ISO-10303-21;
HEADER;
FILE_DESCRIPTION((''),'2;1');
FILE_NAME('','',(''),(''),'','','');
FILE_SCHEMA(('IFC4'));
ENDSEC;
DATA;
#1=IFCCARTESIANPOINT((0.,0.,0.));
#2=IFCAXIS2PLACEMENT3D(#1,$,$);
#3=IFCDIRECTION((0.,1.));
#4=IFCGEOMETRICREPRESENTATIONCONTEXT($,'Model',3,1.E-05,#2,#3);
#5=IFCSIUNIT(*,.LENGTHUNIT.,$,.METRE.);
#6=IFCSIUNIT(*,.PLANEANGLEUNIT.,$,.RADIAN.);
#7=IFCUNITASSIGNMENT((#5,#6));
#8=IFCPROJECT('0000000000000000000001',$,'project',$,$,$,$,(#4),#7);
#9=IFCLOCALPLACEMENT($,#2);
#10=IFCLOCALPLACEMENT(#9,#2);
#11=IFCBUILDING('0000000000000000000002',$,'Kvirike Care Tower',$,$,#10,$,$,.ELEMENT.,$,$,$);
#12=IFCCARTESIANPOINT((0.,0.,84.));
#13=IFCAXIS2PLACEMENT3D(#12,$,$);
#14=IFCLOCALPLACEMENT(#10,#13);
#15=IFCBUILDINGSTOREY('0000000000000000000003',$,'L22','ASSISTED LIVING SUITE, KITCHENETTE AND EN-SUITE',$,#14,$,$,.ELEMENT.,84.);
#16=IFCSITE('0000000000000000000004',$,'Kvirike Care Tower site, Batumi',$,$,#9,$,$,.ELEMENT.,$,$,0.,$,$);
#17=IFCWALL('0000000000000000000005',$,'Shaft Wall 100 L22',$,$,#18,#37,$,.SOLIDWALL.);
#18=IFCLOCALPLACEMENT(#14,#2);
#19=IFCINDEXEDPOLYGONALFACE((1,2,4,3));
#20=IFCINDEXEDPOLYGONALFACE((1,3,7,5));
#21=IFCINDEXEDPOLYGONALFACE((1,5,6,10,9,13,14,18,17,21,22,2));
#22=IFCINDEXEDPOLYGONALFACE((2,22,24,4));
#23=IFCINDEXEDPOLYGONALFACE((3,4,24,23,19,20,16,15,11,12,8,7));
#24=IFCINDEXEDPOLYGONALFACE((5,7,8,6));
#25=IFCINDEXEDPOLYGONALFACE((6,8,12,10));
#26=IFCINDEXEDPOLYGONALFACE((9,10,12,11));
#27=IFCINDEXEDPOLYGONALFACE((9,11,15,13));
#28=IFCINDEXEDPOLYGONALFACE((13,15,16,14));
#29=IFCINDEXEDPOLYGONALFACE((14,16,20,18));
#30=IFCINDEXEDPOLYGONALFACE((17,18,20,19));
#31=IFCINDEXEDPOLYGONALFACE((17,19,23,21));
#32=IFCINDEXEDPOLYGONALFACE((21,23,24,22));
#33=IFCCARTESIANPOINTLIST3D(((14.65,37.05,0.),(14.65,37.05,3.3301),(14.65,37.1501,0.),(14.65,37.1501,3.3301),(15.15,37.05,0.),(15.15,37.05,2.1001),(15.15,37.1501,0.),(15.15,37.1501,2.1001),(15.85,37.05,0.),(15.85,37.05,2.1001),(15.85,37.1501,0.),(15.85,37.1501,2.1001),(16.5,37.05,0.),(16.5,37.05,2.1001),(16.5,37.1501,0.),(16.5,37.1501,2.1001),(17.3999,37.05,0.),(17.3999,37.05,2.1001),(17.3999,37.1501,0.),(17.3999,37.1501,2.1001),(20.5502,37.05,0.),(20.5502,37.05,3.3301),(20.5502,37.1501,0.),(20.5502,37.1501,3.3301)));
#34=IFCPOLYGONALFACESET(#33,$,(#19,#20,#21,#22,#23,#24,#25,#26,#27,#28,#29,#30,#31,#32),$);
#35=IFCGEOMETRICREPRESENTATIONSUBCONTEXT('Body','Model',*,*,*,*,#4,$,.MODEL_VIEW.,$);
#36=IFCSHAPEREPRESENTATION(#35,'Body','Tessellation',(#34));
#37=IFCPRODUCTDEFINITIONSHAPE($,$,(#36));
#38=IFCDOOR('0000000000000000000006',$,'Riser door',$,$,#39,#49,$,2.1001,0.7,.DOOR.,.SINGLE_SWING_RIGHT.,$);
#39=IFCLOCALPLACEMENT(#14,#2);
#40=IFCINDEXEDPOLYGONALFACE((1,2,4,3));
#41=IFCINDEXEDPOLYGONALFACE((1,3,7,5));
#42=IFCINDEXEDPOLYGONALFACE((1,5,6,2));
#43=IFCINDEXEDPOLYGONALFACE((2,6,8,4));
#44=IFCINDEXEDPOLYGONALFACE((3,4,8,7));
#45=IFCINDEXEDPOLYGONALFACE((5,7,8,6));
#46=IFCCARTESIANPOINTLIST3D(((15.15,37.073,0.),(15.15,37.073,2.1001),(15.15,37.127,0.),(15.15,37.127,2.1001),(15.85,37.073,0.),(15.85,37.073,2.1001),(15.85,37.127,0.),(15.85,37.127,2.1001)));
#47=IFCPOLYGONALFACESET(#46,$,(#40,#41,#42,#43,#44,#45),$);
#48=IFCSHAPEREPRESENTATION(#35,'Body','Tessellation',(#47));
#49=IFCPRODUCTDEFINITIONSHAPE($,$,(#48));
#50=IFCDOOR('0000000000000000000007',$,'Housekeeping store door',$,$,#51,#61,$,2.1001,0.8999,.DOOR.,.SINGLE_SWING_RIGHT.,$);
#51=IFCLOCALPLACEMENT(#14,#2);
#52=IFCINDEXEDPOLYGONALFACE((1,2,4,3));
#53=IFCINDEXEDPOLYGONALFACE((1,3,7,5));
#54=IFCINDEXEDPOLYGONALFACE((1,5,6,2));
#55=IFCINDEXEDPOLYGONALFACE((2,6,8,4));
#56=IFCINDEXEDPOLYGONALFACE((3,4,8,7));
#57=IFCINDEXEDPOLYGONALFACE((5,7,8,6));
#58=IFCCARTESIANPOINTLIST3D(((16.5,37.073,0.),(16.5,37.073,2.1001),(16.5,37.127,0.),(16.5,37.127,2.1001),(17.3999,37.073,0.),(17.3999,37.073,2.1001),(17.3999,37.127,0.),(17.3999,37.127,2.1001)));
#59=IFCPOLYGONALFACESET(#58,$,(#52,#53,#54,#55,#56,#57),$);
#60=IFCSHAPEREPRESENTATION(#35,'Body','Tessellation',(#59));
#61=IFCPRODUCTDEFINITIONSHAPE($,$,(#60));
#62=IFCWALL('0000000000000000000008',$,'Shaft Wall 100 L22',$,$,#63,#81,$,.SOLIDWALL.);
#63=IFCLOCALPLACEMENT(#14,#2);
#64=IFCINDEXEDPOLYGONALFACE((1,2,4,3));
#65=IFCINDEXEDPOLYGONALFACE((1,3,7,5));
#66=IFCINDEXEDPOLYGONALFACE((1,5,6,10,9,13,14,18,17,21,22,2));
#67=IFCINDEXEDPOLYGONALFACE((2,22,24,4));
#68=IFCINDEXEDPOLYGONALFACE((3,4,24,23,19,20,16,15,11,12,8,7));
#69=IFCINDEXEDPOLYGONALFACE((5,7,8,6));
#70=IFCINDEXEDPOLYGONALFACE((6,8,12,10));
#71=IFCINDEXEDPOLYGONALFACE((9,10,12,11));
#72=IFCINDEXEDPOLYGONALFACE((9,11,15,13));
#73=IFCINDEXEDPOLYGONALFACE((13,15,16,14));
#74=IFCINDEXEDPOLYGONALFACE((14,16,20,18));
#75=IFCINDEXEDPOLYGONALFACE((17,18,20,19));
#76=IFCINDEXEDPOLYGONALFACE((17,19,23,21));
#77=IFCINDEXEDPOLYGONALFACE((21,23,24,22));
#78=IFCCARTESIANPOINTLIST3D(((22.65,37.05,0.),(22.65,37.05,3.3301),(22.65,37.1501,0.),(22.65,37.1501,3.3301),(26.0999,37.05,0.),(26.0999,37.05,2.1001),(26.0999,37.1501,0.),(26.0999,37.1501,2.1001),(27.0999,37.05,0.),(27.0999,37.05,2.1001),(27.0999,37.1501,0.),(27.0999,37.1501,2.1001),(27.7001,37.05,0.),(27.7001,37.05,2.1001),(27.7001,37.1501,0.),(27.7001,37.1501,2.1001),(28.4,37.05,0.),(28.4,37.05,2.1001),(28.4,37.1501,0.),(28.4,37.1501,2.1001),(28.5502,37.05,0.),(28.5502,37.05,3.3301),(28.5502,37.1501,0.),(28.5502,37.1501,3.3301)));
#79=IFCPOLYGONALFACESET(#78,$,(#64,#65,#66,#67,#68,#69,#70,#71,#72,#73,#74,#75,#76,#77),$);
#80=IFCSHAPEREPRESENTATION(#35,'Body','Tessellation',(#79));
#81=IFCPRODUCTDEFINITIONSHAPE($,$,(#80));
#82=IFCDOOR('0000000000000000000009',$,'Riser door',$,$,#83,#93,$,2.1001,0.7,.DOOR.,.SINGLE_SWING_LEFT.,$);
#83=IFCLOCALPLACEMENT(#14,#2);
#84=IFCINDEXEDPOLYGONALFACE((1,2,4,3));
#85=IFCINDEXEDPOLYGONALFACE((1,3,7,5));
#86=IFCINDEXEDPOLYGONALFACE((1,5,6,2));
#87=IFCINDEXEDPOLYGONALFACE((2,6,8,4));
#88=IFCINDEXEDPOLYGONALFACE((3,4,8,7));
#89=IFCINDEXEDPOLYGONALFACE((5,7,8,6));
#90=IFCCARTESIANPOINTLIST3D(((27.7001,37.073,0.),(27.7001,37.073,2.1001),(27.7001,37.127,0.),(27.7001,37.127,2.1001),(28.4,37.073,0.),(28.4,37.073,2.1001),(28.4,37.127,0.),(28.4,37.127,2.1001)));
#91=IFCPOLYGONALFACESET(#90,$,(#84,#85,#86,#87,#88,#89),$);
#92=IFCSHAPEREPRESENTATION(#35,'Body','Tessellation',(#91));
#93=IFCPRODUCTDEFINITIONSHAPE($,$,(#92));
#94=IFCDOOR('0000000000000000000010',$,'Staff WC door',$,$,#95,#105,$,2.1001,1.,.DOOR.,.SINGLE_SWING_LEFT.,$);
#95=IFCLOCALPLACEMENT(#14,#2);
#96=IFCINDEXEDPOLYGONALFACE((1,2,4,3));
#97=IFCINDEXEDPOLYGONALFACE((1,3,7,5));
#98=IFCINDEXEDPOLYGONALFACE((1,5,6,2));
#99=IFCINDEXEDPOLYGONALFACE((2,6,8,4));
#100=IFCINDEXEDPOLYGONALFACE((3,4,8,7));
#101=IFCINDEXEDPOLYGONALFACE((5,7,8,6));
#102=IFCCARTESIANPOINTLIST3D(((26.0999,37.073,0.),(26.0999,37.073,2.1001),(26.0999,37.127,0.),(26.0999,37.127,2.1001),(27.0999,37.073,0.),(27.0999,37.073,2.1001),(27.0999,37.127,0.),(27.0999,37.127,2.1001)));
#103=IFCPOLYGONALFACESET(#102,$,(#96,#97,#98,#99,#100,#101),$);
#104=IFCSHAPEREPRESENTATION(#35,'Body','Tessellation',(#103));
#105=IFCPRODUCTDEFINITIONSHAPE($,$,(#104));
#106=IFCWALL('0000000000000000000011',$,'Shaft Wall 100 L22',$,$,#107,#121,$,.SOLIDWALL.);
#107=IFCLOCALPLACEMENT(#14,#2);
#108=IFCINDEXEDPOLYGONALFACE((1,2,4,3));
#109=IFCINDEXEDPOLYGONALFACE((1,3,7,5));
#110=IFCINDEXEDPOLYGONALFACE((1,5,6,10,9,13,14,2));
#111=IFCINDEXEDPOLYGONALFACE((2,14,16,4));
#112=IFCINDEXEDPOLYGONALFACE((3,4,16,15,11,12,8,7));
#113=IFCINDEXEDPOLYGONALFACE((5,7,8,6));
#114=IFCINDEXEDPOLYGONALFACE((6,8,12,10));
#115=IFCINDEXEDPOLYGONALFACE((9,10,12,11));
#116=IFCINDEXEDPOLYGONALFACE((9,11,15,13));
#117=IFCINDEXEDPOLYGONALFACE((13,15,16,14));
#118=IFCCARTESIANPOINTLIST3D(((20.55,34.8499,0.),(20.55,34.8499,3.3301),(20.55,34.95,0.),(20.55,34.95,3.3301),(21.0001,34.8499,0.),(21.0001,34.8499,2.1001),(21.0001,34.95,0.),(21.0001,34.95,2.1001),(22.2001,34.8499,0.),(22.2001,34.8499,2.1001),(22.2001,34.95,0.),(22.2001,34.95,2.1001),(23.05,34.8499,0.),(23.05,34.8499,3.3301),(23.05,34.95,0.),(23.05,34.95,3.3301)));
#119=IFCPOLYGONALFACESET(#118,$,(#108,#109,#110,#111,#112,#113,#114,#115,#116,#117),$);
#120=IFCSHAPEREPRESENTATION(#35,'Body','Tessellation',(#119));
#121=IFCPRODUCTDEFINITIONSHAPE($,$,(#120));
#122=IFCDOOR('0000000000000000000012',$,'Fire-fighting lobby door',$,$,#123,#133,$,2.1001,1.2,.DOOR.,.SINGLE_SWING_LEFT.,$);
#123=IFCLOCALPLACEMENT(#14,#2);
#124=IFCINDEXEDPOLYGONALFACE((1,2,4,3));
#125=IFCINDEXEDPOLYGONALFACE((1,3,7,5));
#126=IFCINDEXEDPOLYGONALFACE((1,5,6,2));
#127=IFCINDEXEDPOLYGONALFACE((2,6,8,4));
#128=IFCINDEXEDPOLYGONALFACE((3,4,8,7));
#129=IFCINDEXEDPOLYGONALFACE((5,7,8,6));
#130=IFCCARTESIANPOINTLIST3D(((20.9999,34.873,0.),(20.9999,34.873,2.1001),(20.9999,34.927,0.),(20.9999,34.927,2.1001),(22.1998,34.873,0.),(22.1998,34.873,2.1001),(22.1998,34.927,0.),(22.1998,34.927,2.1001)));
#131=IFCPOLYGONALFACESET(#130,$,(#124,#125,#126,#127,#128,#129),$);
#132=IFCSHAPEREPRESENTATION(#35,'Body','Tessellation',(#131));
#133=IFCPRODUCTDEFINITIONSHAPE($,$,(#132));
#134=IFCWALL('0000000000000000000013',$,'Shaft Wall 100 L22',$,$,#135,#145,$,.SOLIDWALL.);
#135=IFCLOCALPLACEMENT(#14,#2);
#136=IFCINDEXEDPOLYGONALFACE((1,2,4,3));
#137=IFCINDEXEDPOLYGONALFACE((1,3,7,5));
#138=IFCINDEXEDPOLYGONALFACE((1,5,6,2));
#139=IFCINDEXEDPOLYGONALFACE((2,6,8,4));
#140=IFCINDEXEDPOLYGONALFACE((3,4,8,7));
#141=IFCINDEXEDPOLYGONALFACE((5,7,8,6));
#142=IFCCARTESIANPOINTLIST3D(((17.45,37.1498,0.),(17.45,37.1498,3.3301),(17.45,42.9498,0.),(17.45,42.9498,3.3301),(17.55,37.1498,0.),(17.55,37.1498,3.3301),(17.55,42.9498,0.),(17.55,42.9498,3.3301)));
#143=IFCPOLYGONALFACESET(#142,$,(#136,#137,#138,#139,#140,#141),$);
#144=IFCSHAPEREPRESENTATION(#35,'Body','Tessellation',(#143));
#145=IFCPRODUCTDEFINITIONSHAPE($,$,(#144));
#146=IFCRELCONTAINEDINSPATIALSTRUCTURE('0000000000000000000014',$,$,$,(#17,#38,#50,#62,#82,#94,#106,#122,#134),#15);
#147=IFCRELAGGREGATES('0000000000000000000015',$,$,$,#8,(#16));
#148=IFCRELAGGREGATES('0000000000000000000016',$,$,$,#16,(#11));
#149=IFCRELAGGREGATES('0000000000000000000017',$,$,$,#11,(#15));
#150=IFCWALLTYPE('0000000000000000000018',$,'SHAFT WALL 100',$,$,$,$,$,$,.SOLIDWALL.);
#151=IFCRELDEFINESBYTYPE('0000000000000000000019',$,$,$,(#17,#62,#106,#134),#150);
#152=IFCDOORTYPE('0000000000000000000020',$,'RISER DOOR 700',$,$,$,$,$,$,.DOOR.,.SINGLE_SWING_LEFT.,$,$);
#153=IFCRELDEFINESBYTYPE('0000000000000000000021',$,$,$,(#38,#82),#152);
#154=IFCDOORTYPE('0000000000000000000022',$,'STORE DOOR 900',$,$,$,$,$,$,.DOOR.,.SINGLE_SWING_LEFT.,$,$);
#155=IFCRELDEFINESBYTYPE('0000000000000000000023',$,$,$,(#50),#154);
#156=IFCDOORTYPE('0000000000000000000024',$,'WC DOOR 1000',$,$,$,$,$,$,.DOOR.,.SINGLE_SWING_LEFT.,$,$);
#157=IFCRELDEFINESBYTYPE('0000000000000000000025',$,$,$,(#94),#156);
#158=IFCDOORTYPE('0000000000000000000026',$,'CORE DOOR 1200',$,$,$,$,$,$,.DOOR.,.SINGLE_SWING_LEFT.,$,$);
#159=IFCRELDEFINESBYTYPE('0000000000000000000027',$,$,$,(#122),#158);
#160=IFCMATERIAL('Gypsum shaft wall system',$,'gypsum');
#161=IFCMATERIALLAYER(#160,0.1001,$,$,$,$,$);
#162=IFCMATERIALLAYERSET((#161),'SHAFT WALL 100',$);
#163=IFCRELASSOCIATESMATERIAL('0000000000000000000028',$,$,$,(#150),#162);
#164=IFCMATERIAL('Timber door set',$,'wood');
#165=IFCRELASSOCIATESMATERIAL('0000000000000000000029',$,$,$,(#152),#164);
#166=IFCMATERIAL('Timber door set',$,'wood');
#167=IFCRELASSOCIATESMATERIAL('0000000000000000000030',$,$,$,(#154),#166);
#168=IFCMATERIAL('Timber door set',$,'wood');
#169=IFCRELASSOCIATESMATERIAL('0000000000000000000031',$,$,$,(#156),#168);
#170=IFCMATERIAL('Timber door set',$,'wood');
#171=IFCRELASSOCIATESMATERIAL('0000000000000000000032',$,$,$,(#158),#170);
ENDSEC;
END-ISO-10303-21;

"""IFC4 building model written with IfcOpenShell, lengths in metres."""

from ifc_helpers import new_model, si_unit, direction, frame, frame_2d, origin, place, context, subcontext, project, spatial, rectangle, extrude, material, layer, layer_set, type_object, element, fill, save


model = new_model("IFC4")

# Units and contexts
model_context = context("Model", 3, precision=1e-05, world=origin(), true_north=direction((0.0, 1.0)))
body_context = subcontext(model_context, "Body", "Model", "MODEL_VIEW")
ifc_project = project(units=[si_unit("LENGTHUNIT", "METRE"), si_unit("PLANEANGLEUNIT", "RADIAN")], contexts=[model_context])

# Site, building, storey
site_placement = place(None, origin())
site = spatial("IfcSite", under=ifc_project, at=site_placement, Name="Kvirike Care Tower site, Batumi", CompositionType="ELEMENT", RefElevation=0.0)
building_placement = place(site_placement, origin())
building = spatial("IfcBuilding", under=site, at=building_placement, Name="Kvirike Care Tower", CompositionType="ELEMENT")
storey_placement = place(building_placement, frame((0.0, 0.0, 84.0)))
storey = spatial("IfcBuildingStorey", under=building, at=storey_placement, Name="L22", Description="ASSISTED LIVING SUITE, KITCHENETTE AND EN-SUITE", CompositionType="ELEMENT", Elevation=84.0)

# Shared definitions
ifc_material_1 = material(Name="Gypsum shaft wall system", Category="gypsum")
ifc_layer = layer(ifc_material_1, 0.1001)
ifc_layer_set = layer_set([ifc_layer], Name="SHAFT WALL 100")
wall_type = type_object("IfcWallType", Name="SHAFT WALL 100", PredefinedType="SOLIDWALL", material=ifc_layer_set)

# Shared definitions
ifc_material_2 = material(Name="Timber door set", Category="wood")
door_type_1 = type_object("IfcDoorType", Name="RISER DOOR 700", OperationType="SINGLE_SWING_LEFT", PredefinedType="DOOR", material=ifc_material_2)

# Walls, openings, doors
wall_1_placement = place(storey_placement, frame((14.6499, 37.1001, 0.0), z_axis=(0.0, 0.0, 1.0), x_axis=(1.0, 0.0, 0.0)))
wall_1 = element("IfcWall", 1, at=wall_1_placement, inside=storey, type_object=wall_type, Name="Shaft Wall 100 L22", PredefinedType="SOLIDWALL", context=body_context, shape_type="SweptSolid", body=[
    extrude(rectangle(XDim=5.9001, YDim=0.1001, at=frame_2d((2.9502, 0.0))), origin(), (0.0, 0.0, 1.0), 3.3301),
])
opening_1_placement = place(wall_1_placement, frame((0.5, 0.0, 0.0)))
opening_1 = element("IfcOpeningElement", 2, at=opening_1_placement, cuts=wall_1, PredefinedType="OPENING", context=body_context, shape_type="SweptSolid", body=[
    extrude(rectangle(XDim=0.7, YDim=2.1001, at=frame_2d((0.3501, 1.05))), frame((0.0, 0.0605, 0.0), z_axis=(0.0, -1.0, 0.0), x_axis=(1.0, 0.0, 0.0)), (0.0, 0.0, 1.0), 0.1211),
])
opening_2_placement = place(wall_1_placement, frame((1.8501, 0.0, 0.0)))
opening_2 = element("IfcOpeningElement", 3, at=opening_2_placement, cuts=wall_1, PredefinedType="OPENING", context=body_context, shape_type="SweptSolid", body=[
    extrude(rectangle(XDim=0.8999, YDim=2.1001, at=frame_2d((0.45, 1.05))), frame((0.0, 0.0605, 0.0), z_axis=(0.0, -1.0, 0.0), x_axis=(1.0, 0.0, 0.0)), (0.0, 0.0, 1.0), 0.1211),
])
door_1_placement = place(opening_1_placement, origin())
door_1 = element("IfcDoor", 4, at=door_1_placement, inside=storey, type_object=door_type_1, Name="Riser door", OperationType="SINGLE_SWING_RIGHT", OverallHeight=2.1001, OverallWidth=0.7, PredefinedType="DOOR", context=body_context, shape_type="SweptSolid", body=[
    extrude(rectangle(XDim=0.7, YDim=2.1001, at=frame_2d((0.3501, 1.05))), frame((0.0, 0.0269, 0.0), z_axis=(0.0, -1.0, 0.0), x_axis=(1.0, 0.0, 0.0)), (0.0, 0.0, 1.0), 0.054),
])
fill(opening_1, door_1)
ifc_material_3 = material(Name="Timber door set", Category="wood")
door_type_2 = type_object("IfcDoorType", Name="STORE DOOR 900", OperationType="SINGLE_SWING_LEFT", PredefinedType="DOOR", material=ifc_material_3)
door_2_placement = place(opening_2_placement, origin())
door_2 = element("IfcDoor", 5, at=door_2_placement, inside=storey, type_object=door_type_2, Name="Housekeeping store door", OperationType="SINGLE_SWING_RIGHT", OverallHeight=2.1001, OverallWidth=0.8999, PredefinedType="DOOR", context=body_context, shape_type="SweptSolid", body=[
    extrude(rectangle(XDim=0.8999, YDim=2.1001, at=frame_2d((0.45, 1.05))), frame((0.0, 0.0269, 0.0), z_axis=(0.0, -1.0, 0.0), x_axis=(1.0, 0.0, 0.0)), (0.0, 0.0, 1.0), 0.054),
])
fill(opening_2, door_2)
wall_2_placement = place(storey_placement, frame((22.6499, 37.1001, 0.0), z_axis=(0.0, 0.0, 1.0), x_axis=(1.0, 0.0, 0.0)))
wall_2 = element("IfcWall", 6, at=wall_2_placement, inside=storey, type_object=wall_type, Name="Shaft Wall 100 L22", PredefinedType="SOLIDWALL", context=body_context, shape_type="SweptSolid", body=[
    extrude(rectangle(XDim=5.9001, YDim=0.1001, at=frame_2d((2.9502, 0.0))), origin(), (0.0, 0.0, 1.0), 3.3301),
])
opening_3_placement = place(wall_2_placement, frame((3.45, 0.0, 0.0)))
opening_3 = element("IfcOpeningElement", 7, at=opening_3_placement, cuts=wall_2, PredefinedType="OPENING", context=body_context, shape_type="SweptSolid", body=[
    extrude(rectangle(XDim=1.0, YDim=2.1001, at=frame_2d((0.5, 1.05))), frame((0.0, 0.0605, 0.0), z_axis=(0.0, -1.0, 0.0), x_axis=(1.0, 0.0, 0.0)), (0.0, 0.0, 1.0), 0.1211),
])
opening_4_placement = place(wall_2_placement, frame((5.05, 0.0, 0.0)))
opening_4 = element("IfcOpeningElement", 8, at=opening_4_placement, cuts=wall_2, PredefinedType="OPENING", context=body_context, shape_type="SweptSolid", body=[
    extrude(rectangle(XDim=0.7, YDim=2.1001, at=frame_2d((0.3501, 1.05))), frame((0.0, 0.0605, 0.0), z_axis=(0.0, -1.0, 0.0), x_axis=(1.0, 0.0, 0.0)), (0.0, 0.0, 1.0), 0.1211),
])
door_3_placement = place(opening_4_placement, origin())
door_3 = element("IfcDoor", 9, at=door_3_placement, inside=storey, type_object=door_type_1, Name="Riser door", OperationType="SINGLE_SWING_LEFT", OverallHeight=2.1001, OverallWidth=0.7, PredefinedType="DOOR", context=body_context, shape_type="SweptSolid", body=[
    extrude(rectangle(XDim=0.7, YDim=2.1001, at=frame_2d((0.3501, 1.05))), frame((0.0, 0.0269, 0.0), z_axis=(0.0, -1.0, 0.0), x_axis=(1.0, 0.0, 0.0)), (0.0, 0.0, 1.0), 0.054),
])
fill(opening_4, door_3)
ifc_material_4 = material(Name="Timber door set", Category="wood")
door_type_3 = type_object("IfcDoorType", Name="WC DOOR 1000", OperationType="SINGLE_SWING_LEFT", PredefinedType="DOOR", material=ifc_material_4)
door_4_placement = place(opening_3_placement, origin())
door_4 = element("IfcDoor", 10, at=door_4_placement, inside=storey, type_object=door_type_3, Name="Staff WC door", OperationType="SINGLE_SWING_LEFT", OverallHeight=2.1001, OverallWidth=1.0, PredefinedType="DOOR", context=body_context, shape_type="SweptSolid", body=[
    extrude(rectangle(XDim=1.0, YDim=2.1001, at=frame_2d((0.5, 1.05))), frame((0.0, 0.0269, 0.0), z_axis=(0.0, -1.0, 0.0), x_axis=(1.0, 0.0, 0.0)), (0.0, 0.0, 1.0), 0.054),
])
fill(opening_3, door_4)

# Wall, opening, door
wall_3_placement = place(storey_placement, frame((20.55, 34.8999, 0.0), z_axis=(0.0, 0.0, 1.0), x_axis=(1.0, 0.0, 0.0)))
wall_3 = element("IfcWall", 11, at=wall_3_placement, inside=storey, type_object=wall_type, Name="Shaft Wall 100 L22", PredefinedType="SOLIDWALL", context=body_context, shape_type="SweptSolid", body=[
    extrude(rectangle(XDim=2.5, YDim=0.1001, at=frame_2d((1.25, 0.0))), origin(), (0.0, 0.0, 1.0), 3.3301),
])
opening_5_placement = place(wall_3_placement, frame((0.45, 0.0, 0.0)))
opening_5 = element("IfcOpeningElement", 12, at=opening_5_placement, cuts=wall_3, PredefinedType="OPENING", context=body_context, shape_type="SweptSolid", body=[
    extrude(rectangle(XDim=1.2, YDim=2.1001, at=frame_2d((0.6001, 1.05))), frame((0.0, 0.0605, 0.0), z_axis=(0.0, -1.0, 0.0), x_axis=(1.0, 0.0, 0.0)), (0.0, 0.0, 1.0), 0.1211),
])
ifc_material_5 = material(Name="Timber door set", Category="wood")
door_type_4 = type_object("IfcDoorType", Name="CORE DOOR 1200", OperationType="SINGLE_SWING_LEFT", PredefinedType="DOOR", material=ifc_material_5)
door_5_placement = place(opening_5_placement, frame((1.2, 0.0, 0.0), z_axis=(0.0, 0.0, 1.0), x_axis=(-1.0, 0.0, 0.0)))
door_5 = element("IfcDoor", 13, at=door_5_placement, inside=storey, type_object=door_type_4, Name="Fire-fighting lobby door", OperationType="SINGLE_SWING_LEFT", OverallHeight=2.1001, OverallWidth=1.2, PredefinedType="DOOR", context=body_context, shape_type="SweptSolid", body=[
    extrude(rectangle(XDim=1.2, YDim=2.1001, at=frame_2d((0.6001, 1.05))), frame((0.0, 0.0269, 0.0), z_axis=(0.0, -1.0, 0.0), x_axis=(1.0, 0.0, 0.0)), (0.0, 0.0, 1.0), 0.054),
])
fill(opening_5, door_5)

# Wall
wall_4_placement = place(storey_placement, frame((17.5, 37.1499, 0.0), z_axis=(0.0, 0.0, 1.0), x_axis=(0.0, 1.0, 0.0)))
element("IfcWall", 14, at=wall_4_placement, inside=storey, type_object=wall_type, Name="Shaft Wall 100 L22", PredefinedType="SOLIDWALL", context=body_context, shape_type="SweptSolid", body=[
    extrude(rectangle(XDim=5.8, YDim=0.1001, at=frame_2d((2.8999, 0.0))), origin(), (0.0, 0.0, 1.0), 3.3301),
])

save(model, "model.ifc")
